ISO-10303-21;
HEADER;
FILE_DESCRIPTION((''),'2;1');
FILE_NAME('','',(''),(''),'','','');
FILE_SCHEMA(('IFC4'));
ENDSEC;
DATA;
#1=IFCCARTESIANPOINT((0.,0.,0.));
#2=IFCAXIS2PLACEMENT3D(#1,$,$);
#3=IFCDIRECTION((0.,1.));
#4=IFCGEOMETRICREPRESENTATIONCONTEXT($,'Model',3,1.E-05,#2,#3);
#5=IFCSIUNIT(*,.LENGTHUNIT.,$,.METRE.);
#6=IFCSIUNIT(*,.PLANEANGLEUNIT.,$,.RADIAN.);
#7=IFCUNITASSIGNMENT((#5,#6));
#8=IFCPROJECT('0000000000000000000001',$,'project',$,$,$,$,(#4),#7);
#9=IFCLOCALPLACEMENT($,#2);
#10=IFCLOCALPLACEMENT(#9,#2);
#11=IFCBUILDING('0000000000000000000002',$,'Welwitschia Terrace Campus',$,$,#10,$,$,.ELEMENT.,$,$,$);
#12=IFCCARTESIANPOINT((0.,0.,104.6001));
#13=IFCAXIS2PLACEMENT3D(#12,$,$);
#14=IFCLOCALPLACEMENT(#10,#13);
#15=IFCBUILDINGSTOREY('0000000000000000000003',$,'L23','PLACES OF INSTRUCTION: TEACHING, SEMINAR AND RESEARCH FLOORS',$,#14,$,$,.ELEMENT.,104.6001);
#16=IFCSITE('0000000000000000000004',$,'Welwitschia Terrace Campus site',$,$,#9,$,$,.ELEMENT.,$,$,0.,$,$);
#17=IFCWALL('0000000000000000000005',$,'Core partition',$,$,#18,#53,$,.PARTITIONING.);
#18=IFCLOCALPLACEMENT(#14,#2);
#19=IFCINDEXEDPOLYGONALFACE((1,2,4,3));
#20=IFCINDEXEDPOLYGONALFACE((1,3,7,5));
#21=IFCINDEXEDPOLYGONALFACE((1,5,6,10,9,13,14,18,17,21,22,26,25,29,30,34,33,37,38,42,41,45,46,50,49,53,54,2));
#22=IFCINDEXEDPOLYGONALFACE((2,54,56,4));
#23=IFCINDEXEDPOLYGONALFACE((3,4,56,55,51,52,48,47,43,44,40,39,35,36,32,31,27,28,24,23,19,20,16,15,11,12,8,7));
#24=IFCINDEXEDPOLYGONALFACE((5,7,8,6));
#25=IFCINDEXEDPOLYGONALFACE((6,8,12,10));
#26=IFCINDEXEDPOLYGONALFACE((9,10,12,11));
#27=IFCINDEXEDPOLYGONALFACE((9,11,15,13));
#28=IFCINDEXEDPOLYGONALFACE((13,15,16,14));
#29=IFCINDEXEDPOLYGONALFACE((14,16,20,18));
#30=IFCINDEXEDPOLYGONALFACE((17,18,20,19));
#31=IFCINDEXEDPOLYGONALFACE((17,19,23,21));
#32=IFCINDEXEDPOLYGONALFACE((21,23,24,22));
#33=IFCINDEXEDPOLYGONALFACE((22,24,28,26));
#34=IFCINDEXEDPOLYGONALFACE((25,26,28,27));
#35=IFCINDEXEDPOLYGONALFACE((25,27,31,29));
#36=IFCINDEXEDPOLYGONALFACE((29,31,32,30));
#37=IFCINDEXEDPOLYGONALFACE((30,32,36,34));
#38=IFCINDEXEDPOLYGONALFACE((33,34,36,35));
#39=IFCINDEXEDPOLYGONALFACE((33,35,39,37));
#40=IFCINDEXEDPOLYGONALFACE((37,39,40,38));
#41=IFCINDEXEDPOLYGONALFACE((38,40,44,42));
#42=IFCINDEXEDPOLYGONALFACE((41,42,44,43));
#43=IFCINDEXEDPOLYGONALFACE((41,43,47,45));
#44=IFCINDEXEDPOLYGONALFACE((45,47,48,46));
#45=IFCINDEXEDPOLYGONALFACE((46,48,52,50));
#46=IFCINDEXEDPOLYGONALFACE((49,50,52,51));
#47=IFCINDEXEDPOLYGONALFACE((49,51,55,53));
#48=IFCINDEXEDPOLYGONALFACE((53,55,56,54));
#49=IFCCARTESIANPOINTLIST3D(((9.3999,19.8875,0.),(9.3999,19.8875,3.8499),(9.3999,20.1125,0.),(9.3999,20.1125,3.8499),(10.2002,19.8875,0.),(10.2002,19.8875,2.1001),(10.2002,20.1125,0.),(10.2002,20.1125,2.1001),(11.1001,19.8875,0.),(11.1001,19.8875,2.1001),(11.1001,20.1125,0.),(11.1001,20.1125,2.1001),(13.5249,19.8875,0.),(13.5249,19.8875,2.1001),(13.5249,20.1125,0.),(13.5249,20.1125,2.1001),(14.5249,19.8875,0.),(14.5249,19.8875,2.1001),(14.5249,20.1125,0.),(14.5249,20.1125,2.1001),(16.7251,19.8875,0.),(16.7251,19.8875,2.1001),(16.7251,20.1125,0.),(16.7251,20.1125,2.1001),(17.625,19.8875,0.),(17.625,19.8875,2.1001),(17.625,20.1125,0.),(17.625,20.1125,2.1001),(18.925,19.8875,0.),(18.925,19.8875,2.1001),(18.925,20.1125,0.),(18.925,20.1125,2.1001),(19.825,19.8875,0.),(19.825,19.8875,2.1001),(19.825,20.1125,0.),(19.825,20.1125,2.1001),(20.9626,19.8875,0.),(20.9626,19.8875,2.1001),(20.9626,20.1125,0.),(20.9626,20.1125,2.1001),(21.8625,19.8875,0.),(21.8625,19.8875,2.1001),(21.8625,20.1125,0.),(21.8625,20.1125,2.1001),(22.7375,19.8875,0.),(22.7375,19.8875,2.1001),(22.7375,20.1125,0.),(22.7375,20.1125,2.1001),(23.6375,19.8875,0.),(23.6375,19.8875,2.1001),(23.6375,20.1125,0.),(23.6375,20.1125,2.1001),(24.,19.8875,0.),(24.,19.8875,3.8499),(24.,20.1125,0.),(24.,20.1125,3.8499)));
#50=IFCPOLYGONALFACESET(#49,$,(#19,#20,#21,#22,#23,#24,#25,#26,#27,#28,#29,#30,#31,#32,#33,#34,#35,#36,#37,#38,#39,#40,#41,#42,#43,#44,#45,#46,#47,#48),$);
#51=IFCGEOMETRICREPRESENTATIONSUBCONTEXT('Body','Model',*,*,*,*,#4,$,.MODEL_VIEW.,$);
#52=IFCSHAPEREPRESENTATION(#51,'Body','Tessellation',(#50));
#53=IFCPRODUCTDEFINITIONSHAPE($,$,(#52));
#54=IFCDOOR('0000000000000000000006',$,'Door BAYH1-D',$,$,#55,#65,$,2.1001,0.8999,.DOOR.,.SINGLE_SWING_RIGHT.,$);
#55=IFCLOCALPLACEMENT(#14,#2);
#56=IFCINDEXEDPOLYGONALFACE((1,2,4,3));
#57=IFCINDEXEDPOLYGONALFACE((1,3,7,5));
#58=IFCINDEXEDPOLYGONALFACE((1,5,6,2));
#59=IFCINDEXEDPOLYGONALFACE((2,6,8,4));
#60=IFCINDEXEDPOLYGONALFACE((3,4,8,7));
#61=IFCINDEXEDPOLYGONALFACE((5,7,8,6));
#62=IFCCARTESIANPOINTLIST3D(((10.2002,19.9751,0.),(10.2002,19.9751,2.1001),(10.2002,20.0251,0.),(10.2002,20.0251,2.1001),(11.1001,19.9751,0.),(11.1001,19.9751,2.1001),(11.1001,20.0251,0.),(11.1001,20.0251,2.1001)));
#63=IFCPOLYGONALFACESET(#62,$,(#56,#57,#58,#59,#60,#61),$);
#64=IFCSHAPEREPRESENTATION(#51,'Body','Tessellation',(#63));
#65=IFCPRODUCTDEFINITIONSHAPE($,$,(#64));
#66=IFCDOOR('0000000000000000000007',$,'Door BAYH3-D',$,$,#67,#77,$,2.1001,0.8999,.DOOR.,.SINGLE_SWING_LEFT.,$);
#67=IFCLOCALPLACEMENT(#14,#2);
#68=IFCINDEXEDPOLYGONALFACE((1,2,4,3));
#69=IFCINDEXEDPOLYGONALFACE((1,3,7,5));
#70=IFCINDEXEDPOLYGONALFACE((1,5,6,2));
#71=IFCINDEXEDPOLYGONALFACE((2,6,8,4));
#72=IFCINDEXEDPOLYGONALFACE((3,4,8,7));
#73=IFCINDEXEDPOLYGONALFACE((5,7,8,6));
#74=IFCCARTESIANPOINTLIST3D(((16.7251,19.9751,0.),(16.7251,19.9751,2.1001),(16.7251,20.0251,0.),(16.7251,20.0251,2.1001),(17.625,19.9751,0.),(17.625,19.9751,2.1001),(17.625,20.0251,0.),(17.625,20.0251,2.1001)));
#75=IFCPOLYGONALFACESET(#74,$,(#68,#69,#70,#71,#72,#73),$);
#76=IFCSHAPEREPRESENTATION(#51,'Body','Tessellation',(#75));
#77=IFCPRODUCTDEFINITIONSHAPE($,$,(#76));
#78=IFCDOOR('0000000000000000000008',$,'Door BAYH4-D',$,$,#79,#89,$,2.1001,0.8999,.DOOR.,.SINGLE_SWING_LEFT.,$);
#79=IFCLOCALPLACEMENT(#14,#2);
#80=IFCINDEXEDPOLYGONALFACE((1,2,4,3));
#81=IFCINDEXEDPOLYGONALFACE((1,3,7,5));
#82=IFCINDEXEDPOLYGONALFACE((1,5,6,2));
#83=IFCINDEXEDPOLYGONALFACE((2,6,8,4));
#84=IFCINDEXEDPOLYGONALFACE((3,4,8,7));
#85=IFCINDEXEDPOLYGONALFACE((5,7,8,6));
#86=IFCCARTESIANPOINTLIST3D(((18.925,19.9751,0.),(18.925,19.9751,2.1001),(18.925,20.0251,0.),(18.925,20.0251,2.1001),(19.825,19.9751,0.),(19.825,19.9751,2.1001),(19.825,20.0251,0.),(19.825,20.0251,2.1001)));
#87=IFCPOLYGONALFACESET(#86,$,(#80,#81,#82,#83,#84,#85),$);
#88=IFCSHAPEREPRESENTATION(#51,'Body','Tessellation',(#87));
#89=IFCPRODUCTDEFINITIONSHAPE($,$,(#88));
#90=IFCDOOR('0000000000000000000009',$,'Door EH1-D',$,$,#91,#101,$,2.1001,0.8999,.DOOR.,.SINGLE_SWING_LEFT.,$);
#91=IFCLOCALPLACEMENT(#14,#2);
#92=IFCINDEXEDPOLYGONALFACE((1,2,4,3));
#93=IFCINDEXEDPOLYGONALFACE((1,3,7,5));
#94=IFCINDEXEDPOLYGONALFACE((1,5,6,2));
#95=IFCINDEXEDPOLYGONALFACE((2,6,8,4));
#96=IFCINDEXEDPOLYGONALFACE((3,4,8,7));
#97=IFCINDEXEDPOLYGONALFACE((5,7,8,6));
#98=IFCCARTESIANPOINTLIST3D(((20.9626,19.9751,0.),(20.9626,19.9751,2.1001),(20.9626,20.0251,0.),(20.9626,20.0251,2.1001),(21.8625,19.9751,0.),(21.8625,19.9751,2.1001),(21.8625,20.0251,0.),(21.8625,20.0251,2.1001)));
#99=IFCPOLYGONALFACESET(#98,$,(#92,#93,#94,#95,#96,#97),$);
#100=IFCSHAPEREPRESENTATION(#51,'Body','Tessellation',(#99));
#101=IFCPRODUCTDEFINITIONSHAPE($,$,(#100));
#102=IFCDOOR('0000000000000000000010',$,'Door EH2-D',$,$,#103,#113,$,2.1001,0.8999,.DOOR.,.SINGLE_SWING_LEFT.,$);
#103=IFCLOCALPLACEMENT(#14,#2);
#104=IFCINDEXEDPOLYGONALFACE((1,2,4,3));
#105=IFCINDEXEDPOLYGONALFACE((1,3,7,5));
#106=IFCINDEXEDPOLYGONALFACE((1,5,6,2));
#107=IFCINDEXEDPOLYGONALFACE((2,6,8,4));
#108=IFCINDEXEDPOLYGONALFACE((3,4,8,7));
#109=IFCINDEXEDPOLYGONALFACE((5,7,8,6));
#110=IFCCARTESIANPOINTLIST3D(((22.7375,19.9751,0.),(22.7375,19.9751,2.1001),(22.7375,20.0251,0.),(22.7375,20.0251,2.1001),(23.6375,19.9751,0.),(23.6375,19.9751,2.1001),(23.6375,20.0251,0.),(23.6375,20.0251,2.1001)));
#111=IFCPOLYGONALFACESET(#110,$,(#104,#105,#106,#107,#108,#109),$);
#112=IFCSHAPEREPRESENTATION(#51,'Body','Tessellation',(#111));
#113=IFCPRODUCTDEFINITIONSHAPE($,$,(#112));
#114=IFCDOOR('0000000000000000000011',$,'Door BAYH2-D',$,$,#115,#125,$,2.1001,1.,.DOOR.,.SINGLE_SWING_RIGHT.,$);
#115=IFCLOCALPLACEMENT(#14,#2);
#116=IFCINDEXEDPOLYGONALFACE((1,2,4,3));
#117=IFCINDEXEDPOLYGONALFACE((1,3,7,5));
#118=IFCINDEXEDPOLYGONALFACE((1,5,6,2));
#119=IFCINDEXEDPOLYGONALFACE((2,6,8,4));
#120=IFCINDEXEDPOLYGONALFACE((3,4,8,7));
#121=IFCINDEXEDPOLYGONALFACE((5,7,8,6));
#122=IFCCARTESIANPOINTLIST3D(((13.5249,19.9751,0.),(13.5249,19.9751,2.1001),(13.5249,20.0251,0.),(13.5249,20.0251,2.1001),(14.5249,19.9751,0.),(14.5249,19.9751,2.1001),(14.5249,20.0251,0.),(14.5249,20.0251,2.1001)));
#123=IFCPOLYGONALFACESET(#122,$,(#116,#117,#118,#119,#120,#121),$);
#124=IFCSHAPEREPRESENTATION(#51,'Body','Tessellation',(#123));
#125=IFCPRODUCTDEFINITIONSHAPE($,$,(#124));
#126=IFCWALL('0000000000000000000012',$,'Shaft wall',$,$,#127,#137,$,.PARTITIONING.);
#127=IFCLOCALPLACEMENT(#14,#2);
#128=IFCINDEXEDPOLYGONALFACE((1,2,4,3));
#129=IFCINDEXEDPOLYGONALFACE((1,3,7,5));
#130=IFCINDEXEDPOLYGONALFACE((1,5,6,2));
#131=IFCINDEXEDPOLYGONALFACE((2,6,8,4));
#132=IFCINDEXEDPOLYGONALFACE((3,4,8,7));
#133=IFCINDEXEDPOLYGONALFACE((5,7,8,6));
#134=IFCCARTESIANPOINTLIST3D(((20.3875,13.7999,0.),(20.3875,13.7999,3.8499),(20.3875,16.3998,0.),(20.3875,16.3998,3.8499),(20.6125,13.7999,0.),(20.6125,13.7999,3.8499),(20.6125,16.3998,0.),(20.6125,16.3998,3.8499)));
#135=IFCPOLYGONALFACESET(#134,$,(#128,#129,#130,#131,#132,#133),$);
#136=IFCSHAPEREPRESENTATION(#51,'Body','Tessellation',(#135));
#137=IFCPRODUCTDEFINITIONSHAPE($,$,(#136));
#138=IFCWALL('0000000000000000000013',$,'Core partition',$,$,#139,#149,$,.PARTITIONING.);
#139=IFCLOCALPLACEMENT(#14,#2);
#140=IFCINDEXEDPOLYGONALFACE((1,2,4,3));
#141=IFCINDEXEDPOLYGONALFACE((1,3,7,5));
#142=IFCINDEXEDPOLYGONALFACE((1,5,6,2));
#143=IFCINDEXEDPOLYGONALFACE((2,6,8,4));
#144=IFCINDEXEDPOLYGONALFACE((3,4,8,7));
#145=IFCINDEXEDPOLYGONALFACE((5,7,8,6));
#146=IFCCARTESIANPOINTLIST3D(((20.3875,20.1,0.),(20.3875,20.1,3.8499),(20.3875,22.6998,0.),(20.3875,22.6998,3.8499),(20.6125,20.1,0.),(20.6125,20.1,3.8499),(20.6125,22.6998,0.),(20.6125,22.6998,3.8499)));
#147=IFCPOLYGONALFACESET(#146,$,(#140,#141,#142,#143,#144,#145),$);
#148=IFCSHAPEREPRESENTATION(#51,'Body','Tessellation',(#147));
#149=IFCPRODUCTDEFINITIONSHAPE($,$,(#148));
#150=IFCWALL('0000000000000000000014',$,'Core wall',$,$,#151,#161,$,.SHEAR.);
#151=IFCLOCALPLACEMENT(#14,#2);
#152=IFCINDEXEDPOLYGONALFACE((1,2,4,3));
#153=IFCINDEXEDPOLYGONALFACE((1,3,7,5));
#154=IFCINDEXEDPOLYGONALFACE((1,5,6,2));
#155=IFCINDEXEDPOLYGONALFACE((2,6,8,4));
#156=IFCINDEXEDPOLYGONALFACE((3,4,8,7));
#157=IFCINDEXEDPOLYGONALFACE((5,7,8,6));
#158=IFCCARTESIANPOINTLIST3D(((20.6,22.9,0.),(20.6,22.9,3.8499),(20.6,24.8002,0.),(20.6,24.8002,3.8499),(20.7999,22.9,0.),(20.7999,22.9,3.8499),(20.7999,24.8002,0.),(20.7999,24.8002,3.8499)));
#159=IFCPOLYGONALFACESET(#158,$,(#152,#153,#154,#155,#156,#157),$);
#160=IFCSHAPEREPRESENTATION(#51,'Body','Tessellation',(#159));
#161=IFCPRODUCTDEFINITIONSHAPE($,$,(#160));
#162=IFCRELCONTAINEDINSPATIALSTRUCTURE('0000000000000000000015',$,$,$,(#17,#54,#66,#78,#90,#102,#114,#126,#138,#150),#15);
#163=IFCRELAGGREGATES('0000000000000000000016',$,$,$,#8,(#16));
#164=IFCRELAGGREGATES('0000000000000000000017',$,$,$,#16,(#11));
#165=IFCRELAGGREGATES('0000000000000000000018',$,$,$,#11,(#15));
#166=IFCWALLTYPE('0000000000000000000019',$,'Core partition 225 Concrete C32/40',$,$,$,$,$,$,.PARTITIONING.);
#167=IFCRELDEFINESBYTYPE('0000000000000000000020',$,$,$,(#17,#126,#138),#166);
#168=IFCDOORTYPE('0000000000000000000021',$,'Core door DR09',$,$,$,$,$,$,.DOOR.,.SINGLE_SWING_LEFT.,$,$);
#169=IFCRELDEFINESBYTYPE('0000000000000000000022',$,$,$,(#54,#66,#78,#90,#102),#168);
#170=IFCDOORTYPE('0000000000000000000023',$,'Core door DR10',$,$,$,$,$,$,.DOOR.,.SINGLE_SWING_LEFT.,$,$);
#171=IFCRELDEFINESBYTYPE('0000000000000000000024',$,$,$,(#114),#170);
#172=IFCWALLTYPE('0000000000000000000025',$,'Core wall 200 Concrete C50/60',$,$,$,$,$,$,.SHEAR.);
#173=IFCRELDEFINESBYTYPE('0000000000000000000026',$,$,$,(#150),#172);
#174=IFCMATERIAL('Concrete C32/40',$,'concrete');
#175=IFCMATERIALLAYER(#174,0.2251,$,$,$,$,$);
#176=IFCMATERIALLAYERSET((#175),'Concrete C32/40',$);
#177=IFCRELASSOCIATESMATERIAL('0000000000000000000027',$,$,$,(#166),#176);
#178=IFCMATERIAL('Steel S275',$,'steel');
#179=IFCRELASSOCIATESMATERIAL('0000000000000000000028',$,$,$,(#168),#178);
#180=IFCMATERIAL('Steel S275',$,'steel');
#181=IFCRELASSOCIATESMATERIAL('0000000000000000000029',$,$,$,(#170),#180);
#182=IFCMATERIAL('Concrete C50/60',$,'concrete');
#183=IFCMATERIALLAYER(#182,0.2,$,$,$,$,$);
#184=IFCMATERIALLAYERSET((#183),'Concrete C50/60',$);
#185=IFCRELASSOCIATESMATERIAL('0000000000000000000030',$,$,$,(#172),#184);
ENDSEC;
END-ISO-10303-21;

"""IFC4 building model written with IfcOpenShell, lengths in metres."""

from ifc_helpers import new_model, si_unit, direction, frame, frame_2d, origin, place, context, subcontext, project, spatial, rectangle, extrude, material, layer, layer_set, type_object, element, fill, save


model = new_model("IFC4")

# Units and contexts
model_context = context("Model", 3, precision=1e-05, world=origin(), true_north=direction((0.0, 1.0)))
body_context = subcontext(model_context, "Body", "Model", "MODEL_VIEW")
ifc_project = project(units=[si_unit("LENGTHUNIT", "METRE"), si_unit("PLANEANGLEUNIT", "RADIAN")], contexts=[model_context])

# Site, building, storey
site_placement = place(None, origin())
site = spatial("IfcSite", under=ifc_project, at=site_placement, Name="Welwitschia Terrace Campus site", CompositionType="ELEMENT", RefElevation=0.0)
building_placement = place(site_placement, origin())
building = spatial("IfcBuilding", under=site, at=building_placement, Name="Welwitschia Terrace Campus", CompositionType="ELEMENT")
storey_placement = place(building_placement, frame((0.0, 0.0, 104.6001)))
storey = spatial("IfcBuildingStorey", under=building, at=storey_placement, Name="L23", Description="PLACES OF INSTRUCTION: TEACHING, SEMINAR AND RESEARCH FLOORS", CompositionType="ELEMENT", Elevation=104.6001)

# Wall, openings, doors
ifc_material_1 = material(Name="Concrete C32/40", Category="concrete")
ifc_layer_1 = layer(ifc_material_1, 0.2251)
ifc_layer_set_1 = layer_set([ifc_layer_1], Name="Concrete C32/40")
wall_type_1 = type_object("IfcWallType", Name="Core partition 225 Concrete C32/40", PredefinedType="PARTITIONING", material=ifc_layer_set_1)
wall_1_placement = place(storey_placement, frame((24.0, 20.0, 0.0), z_axis=(0.0, 0.0, 1.0), x_axis=(-1.0, 0.0, 0.0)))
wall_1 = element("IfcWall", 1, at=wall_1_placement, inside=storey, type_object=wall_type_1, Name="Core partition", PredefinedType="PARTITIONING", context=body_context, shape_type="SweptSolid", body=[
    extrude(rectangle(XDim=14.6001, YDim=0.2251, at=frame_2d((7.3, 0.0))), origin(), (0.0, 0.0, 1.0), 3.8499),
])
opening_1_placement = place(wall_1_placement, frame((12.8999, 0.0, 0.0)))
opening_1 = element("IfcOpeningElement", 2, at=opening_1_placement, cuts=wall_1, PredefinedType="OPENING", context=body_context, shape_type="SweptSolid", body=[
    extrude(rectangle(XDim=0.8999, YDim=2.1001, at=frame_2d((0.45, 1.05))), frame((0.0, 0.1226, 0.0), z_axis=(0.0, -1.0, 0.0), x_axis=(1.0, 0.0, 0.0)), (0.0, 0.0, 1.0), 0.2451),
])
opening_2_placement = place(wall_1_placement, frame((9.4751, 0.0, 0.0)))
opening_2 = element("IfcOpeningElement", 3, at=opening_2_placement, cuts=wall_1, PredefinedType="OPENING", context=body_context, shape_type="SweptSolid", body=[
    extrude(rectangle(XDim=1.0, YDim=2.1001, at=frame_2d((0.5, 1.05))), frame((0.0, 0.1226, 0.0), z_axis=(0.0, -1.0, 0.0), x_axis=(1.0, 0.0, 0.0)), (0.0, 0.0, 1.0), 0.2451),
])
opening_3_placement = place(wall_1_placement, frame((6.375, 0.0, 0.0)))
opening_3 = element("IfcOpeningElement", 4, at=opening_3_placement, cuts=wall_1, PredefinedType="OPENING", context=body_context, shape_type="SweptSolid", body=[
    extrude(rectangle(XDim=0.8999, YDim=2.1001, at=frame_2d((0.45, 1.05))), frame((0.0, 0.1226, 0.0), z_axis=(0.0, -1.0, 0.0), x_axis=(1.0, 0.0, 0.0)), (0.0, 0.0, 1.0), 0.2451),
])
opening_4_placement = place(wall_1_placement, frame((4.175, 0.0, 0.0)))
opening_4 = element("IfcOpeningElement", 5, at=opening_4_placement, cuts=wall_1, PredefinedType="OPENING", context=body_context, shape_type="SweptSolid", body=[
    extrude(rectangle(XDim=0.8999, YDim=2.1001, at=frame_2d((0.45, 1.05))), frame((0.0, 0.1226, 0.0), z_axis=(0.0, -1.0, 0.0), x_axis=(1.0, 0.0, 0.0)), (0.0, 0.0, 1.0), 0.2451),
])
opening_5_placement = place(wall_1_placement, frame((2.1375, 0.0, 0.0)))
opening_5 = element("IfcOpeningElement", 6, at=opening_5_placement, cuts=wall_1, PredefinedType="OPENING", context=body_context, shape_type="SweptSolid", body=[
    extrude(rectangle(XDim=0.8999, YDim=2.1001, at=frame_2d((0.45, 1.05))), frame((0.0, 0.1226, 0.0), z_axis=(0.0, -1.0, 0.0), x_axis=(1.0, 0.0, 0.0)), (0.0, 0.0, 1.0), 0.2451),
])
opening_6_placement = place(wall_1_placement, frame((0.3625, 0.0, 0.0)))
opening_6 = element("IfcOpeningElement", 7, at=opening_6_placement, cuts=wall_1, PredefinedType="OPENING", context=body_context, shape_type="SweptSolid", body=[
    extrude(rectangle(XDim=0.8999, YDim=2.1001, at=frame_2d((0.45, 1.05))), frame((0.0, 0.1226, 0.0), z_axis=(0.0, -1.0, 0.0), x_axis=(1.0, 0.0, 0.0)), (0.0, 0.0, 1.0), 0.2451),
])
ifc_material_2 = material(Name="Steel S275", Category="steel")
door_type_1 = type_object("IfcDoorType", Name="Core door DR09", OperationType="SINGLE_SWING_LEFT", PredefinedType="DOOR", material=ifc_material_2)
door_1_placement = place(opening_1_placement, origin())
door_1 = element("IfcDoor", 8, at=door_1_placement, inside=storey, type_object=door_type_1, Name="Door BAYH1-D", OperationType="SINGLE_SWING_RIGHT", OverallHeight=2.1001, OverallWidth=0.8999, PredefinedType="DOOR", context=body_context, shape_type="SweptSolid", body=[
    extrude(rectangle(XDim=0.8999, YDim=2.1001, at=frame_2d((0.45, 1.05))), frame((0.0, 0.0249, 0.0), z_axis=(0.0, -1.0, 0.0), x_axis=(1.0, 0.0, 0.0)), (0.0, 0.0, 1.0), 0.05),
])
fill(opening_1, door_1)
door_2_placement = place(opening_3_placement, origin())
door_2 = element("IfcDoor", 9, at=door_2_placement, inside=storey, type_object=door_type_1, Name="Door BAYH3-D", OperationType="SINGLE_SWING_LEFT", OverallHeight=2.1001, OverallWidth=0.8999, PredefinedType="DOOR", context=body_context, shape_type="SweptSolid", body=[
    extrude(rectangle(XDim=0.8999, YDim=2.1001, at=frame_2d((0.45, 1.05))), frame((0.0, 0.0249, 0.0), z_axis=(0.0, -1.0, 0.0), x_axis=(1.0, 0.0, 0.0)), (0.0, 0.0, 1.0), 0.05),
])
fill(opening_3, door_2)
door_3_placement = place(opening_4_placement, origin())
door_3 = element("IfcDoor", 10, at=door_3_placement, inside=storey, type_object=door_type_1, Name="Door BAYH4-D", OperationType="SINGLE_SWING_LEFT", OverallHeight=2.1001, OverallWidth=0.8999, PredefinedType="DOOR", context=body_context, shape_type="SweptSolid", body=[
    extrude(rectangle(XDim=0.8999, YDim=2.1001, at=frame_2d((0.45, 1.05))), frame((0.0, 0.0249, 0.0), z_axis=(0.0, -1.0, 0.0), x_axis=(1.0, 0.0, 0.0)), (0.0, 0.0, 1.0), 0.05),
])
fill(opening_4, door_3)
door_4_placement = place(opening_5_placement, origin())
door_4 = element("IfcDoor", 11, at=door_4_placement, inside=storey, type_object=door_type_1, Name="Door EH1-D", OperationType="SINGLE_SWING_LEFT", OverallHeight=2.1001, OverallWidth=0.8999, PredefinedType="DOOR", context=body_context, shape_type="SweptSolid", body=[
    extrude(rectangle(XDim=0.8999, YDim=2.1001, at=frame_2d((0.45, 1.05))), frame((0.0, 0.0249, 0.0), z_axis=(0.0, -1.0, 0.0), x_axis=(1.0, 0.0, 0.0)), (0.0, 0.0, 1.0), 0.05),
])
fill(opening_5, door_4)
door_5_placement = place(opening_6_placement, origin())
door_5 = element("IfcDoor", 12, at=door_5_placement, inside=storey, type_object=door_type_1, Name="Door EH2-D", OperationType="SINGLE_SWING_LEFT", OverallHeight=2.1001, OverallWidth=0.8999, PredefinedType="DOOR", context=body_context, shape_type="SweptSolid", body=[
    extrude(rectangle(XDim=0.8999, YDim=2.1001, at=frame_2d((0.45, 1.05))), frame((0.0, 0.0249, 0.0), z_axis=(0.0, -1.0, 0.0), x_axis=(1.0, 0.0, 0.0)), (0.0, 0.0, 1.0), 0.05),
])
fill(opening_6, door_5)
ifc_material_3 = material(Name="Steel S275", Category="steel")
door_type_2 = type_object("IfcDoorType", Name="Core door DR10", OperationType="SINGLE_SWING_LEFT", PredefinedType="DOOR", material=ifc_material_3)
door_6_placement = place(opening_2_placement, origin())
door_6 = element("IfcDoor", 13, at=door_6_placement, inside=storey, type_object=door_type_2, Name="Door BAYH2-D", OperationType="SINGLE_SWING_RIGHT", OverallHeight=2.1001, OverallWidth=1.0, PredefinedType="DOOR", context=body_context, shape_type="SweptSolid", body=[
    extrude(rectangle(XDim=1.0, YDim=2.1001, at=frame_2d((0.5, 1.05))), frame((0.0, 0.0249, 0.0), z_axis=(0.0, -1.0, 0.0), x_axis=(1.0, 0.0, 0.0)), (0.0, 0.0, 1.0), 0.05),
])
fill(opening_2, door_6)

# Walls
for number, where, z_axis, x_axis, name in (
    (14, (20.5, 13.8, 0.0), (0.0, 0.0, 1.0), (0.0, 1.0, 0.0), "Shaft wall"),
    (15, (20.5, 20.1001, 0.0), (0.0, 0.0, 1.0), (0.0, 1.0, 0.0), "Core partition"),
):
    element("IfcWall", number, at=place(storey_placement, frame(where, z_axis=z_axis, x_axis=x_axis)), inside=storey, type_object=wall_type_1, Name=name, PredefinedType="PARTITIONING", context=body_context, shape_type="SweptSolid", body=[
        extrude(rectangle(XDim=2.5999, YDim=0.2251, at=frame_2d((1.2998, 0.0))), origin(), (0.0, 0.0, 1.0), 3.8499),
    ])
ifc_material_4 = material(Name="Concrete C50/60", Category="concrete")
ifc_layer_2 = layer(ifc_material_4, 0.2)
ifc_layer_set_2 = layer_set([ifc_layer_2], Name="Concrete C50/60")
wall_type_2 = type_object("IfcWallType", Name="Core wall 200 Concrete C50/60", PredefinedType="SHEAR", material=ifc_layer_set_2)
wall_2_placement = place(storey_placement, frame((20.7, 22.8999, 0.0), z_axis=(0.0, 0.0, 1.0), x_axis=(0.0, 1.0, 0.0)))
element("IfcWall", 16, at=wall_2_placement, inside=storey, type_object=wall_type_2, Name="Core wall", PredefinedType="SHEAR", context=body_context, shape_type="SweptSolid", body=[
    extrude(rectangle(XDim=1.9001, YDim=0.2, at=frame_2d((0.9502, 0.0))), origin(), (0.0, 0.0, 1.0), 3.8499),
])

save(model, "model.ifc")
